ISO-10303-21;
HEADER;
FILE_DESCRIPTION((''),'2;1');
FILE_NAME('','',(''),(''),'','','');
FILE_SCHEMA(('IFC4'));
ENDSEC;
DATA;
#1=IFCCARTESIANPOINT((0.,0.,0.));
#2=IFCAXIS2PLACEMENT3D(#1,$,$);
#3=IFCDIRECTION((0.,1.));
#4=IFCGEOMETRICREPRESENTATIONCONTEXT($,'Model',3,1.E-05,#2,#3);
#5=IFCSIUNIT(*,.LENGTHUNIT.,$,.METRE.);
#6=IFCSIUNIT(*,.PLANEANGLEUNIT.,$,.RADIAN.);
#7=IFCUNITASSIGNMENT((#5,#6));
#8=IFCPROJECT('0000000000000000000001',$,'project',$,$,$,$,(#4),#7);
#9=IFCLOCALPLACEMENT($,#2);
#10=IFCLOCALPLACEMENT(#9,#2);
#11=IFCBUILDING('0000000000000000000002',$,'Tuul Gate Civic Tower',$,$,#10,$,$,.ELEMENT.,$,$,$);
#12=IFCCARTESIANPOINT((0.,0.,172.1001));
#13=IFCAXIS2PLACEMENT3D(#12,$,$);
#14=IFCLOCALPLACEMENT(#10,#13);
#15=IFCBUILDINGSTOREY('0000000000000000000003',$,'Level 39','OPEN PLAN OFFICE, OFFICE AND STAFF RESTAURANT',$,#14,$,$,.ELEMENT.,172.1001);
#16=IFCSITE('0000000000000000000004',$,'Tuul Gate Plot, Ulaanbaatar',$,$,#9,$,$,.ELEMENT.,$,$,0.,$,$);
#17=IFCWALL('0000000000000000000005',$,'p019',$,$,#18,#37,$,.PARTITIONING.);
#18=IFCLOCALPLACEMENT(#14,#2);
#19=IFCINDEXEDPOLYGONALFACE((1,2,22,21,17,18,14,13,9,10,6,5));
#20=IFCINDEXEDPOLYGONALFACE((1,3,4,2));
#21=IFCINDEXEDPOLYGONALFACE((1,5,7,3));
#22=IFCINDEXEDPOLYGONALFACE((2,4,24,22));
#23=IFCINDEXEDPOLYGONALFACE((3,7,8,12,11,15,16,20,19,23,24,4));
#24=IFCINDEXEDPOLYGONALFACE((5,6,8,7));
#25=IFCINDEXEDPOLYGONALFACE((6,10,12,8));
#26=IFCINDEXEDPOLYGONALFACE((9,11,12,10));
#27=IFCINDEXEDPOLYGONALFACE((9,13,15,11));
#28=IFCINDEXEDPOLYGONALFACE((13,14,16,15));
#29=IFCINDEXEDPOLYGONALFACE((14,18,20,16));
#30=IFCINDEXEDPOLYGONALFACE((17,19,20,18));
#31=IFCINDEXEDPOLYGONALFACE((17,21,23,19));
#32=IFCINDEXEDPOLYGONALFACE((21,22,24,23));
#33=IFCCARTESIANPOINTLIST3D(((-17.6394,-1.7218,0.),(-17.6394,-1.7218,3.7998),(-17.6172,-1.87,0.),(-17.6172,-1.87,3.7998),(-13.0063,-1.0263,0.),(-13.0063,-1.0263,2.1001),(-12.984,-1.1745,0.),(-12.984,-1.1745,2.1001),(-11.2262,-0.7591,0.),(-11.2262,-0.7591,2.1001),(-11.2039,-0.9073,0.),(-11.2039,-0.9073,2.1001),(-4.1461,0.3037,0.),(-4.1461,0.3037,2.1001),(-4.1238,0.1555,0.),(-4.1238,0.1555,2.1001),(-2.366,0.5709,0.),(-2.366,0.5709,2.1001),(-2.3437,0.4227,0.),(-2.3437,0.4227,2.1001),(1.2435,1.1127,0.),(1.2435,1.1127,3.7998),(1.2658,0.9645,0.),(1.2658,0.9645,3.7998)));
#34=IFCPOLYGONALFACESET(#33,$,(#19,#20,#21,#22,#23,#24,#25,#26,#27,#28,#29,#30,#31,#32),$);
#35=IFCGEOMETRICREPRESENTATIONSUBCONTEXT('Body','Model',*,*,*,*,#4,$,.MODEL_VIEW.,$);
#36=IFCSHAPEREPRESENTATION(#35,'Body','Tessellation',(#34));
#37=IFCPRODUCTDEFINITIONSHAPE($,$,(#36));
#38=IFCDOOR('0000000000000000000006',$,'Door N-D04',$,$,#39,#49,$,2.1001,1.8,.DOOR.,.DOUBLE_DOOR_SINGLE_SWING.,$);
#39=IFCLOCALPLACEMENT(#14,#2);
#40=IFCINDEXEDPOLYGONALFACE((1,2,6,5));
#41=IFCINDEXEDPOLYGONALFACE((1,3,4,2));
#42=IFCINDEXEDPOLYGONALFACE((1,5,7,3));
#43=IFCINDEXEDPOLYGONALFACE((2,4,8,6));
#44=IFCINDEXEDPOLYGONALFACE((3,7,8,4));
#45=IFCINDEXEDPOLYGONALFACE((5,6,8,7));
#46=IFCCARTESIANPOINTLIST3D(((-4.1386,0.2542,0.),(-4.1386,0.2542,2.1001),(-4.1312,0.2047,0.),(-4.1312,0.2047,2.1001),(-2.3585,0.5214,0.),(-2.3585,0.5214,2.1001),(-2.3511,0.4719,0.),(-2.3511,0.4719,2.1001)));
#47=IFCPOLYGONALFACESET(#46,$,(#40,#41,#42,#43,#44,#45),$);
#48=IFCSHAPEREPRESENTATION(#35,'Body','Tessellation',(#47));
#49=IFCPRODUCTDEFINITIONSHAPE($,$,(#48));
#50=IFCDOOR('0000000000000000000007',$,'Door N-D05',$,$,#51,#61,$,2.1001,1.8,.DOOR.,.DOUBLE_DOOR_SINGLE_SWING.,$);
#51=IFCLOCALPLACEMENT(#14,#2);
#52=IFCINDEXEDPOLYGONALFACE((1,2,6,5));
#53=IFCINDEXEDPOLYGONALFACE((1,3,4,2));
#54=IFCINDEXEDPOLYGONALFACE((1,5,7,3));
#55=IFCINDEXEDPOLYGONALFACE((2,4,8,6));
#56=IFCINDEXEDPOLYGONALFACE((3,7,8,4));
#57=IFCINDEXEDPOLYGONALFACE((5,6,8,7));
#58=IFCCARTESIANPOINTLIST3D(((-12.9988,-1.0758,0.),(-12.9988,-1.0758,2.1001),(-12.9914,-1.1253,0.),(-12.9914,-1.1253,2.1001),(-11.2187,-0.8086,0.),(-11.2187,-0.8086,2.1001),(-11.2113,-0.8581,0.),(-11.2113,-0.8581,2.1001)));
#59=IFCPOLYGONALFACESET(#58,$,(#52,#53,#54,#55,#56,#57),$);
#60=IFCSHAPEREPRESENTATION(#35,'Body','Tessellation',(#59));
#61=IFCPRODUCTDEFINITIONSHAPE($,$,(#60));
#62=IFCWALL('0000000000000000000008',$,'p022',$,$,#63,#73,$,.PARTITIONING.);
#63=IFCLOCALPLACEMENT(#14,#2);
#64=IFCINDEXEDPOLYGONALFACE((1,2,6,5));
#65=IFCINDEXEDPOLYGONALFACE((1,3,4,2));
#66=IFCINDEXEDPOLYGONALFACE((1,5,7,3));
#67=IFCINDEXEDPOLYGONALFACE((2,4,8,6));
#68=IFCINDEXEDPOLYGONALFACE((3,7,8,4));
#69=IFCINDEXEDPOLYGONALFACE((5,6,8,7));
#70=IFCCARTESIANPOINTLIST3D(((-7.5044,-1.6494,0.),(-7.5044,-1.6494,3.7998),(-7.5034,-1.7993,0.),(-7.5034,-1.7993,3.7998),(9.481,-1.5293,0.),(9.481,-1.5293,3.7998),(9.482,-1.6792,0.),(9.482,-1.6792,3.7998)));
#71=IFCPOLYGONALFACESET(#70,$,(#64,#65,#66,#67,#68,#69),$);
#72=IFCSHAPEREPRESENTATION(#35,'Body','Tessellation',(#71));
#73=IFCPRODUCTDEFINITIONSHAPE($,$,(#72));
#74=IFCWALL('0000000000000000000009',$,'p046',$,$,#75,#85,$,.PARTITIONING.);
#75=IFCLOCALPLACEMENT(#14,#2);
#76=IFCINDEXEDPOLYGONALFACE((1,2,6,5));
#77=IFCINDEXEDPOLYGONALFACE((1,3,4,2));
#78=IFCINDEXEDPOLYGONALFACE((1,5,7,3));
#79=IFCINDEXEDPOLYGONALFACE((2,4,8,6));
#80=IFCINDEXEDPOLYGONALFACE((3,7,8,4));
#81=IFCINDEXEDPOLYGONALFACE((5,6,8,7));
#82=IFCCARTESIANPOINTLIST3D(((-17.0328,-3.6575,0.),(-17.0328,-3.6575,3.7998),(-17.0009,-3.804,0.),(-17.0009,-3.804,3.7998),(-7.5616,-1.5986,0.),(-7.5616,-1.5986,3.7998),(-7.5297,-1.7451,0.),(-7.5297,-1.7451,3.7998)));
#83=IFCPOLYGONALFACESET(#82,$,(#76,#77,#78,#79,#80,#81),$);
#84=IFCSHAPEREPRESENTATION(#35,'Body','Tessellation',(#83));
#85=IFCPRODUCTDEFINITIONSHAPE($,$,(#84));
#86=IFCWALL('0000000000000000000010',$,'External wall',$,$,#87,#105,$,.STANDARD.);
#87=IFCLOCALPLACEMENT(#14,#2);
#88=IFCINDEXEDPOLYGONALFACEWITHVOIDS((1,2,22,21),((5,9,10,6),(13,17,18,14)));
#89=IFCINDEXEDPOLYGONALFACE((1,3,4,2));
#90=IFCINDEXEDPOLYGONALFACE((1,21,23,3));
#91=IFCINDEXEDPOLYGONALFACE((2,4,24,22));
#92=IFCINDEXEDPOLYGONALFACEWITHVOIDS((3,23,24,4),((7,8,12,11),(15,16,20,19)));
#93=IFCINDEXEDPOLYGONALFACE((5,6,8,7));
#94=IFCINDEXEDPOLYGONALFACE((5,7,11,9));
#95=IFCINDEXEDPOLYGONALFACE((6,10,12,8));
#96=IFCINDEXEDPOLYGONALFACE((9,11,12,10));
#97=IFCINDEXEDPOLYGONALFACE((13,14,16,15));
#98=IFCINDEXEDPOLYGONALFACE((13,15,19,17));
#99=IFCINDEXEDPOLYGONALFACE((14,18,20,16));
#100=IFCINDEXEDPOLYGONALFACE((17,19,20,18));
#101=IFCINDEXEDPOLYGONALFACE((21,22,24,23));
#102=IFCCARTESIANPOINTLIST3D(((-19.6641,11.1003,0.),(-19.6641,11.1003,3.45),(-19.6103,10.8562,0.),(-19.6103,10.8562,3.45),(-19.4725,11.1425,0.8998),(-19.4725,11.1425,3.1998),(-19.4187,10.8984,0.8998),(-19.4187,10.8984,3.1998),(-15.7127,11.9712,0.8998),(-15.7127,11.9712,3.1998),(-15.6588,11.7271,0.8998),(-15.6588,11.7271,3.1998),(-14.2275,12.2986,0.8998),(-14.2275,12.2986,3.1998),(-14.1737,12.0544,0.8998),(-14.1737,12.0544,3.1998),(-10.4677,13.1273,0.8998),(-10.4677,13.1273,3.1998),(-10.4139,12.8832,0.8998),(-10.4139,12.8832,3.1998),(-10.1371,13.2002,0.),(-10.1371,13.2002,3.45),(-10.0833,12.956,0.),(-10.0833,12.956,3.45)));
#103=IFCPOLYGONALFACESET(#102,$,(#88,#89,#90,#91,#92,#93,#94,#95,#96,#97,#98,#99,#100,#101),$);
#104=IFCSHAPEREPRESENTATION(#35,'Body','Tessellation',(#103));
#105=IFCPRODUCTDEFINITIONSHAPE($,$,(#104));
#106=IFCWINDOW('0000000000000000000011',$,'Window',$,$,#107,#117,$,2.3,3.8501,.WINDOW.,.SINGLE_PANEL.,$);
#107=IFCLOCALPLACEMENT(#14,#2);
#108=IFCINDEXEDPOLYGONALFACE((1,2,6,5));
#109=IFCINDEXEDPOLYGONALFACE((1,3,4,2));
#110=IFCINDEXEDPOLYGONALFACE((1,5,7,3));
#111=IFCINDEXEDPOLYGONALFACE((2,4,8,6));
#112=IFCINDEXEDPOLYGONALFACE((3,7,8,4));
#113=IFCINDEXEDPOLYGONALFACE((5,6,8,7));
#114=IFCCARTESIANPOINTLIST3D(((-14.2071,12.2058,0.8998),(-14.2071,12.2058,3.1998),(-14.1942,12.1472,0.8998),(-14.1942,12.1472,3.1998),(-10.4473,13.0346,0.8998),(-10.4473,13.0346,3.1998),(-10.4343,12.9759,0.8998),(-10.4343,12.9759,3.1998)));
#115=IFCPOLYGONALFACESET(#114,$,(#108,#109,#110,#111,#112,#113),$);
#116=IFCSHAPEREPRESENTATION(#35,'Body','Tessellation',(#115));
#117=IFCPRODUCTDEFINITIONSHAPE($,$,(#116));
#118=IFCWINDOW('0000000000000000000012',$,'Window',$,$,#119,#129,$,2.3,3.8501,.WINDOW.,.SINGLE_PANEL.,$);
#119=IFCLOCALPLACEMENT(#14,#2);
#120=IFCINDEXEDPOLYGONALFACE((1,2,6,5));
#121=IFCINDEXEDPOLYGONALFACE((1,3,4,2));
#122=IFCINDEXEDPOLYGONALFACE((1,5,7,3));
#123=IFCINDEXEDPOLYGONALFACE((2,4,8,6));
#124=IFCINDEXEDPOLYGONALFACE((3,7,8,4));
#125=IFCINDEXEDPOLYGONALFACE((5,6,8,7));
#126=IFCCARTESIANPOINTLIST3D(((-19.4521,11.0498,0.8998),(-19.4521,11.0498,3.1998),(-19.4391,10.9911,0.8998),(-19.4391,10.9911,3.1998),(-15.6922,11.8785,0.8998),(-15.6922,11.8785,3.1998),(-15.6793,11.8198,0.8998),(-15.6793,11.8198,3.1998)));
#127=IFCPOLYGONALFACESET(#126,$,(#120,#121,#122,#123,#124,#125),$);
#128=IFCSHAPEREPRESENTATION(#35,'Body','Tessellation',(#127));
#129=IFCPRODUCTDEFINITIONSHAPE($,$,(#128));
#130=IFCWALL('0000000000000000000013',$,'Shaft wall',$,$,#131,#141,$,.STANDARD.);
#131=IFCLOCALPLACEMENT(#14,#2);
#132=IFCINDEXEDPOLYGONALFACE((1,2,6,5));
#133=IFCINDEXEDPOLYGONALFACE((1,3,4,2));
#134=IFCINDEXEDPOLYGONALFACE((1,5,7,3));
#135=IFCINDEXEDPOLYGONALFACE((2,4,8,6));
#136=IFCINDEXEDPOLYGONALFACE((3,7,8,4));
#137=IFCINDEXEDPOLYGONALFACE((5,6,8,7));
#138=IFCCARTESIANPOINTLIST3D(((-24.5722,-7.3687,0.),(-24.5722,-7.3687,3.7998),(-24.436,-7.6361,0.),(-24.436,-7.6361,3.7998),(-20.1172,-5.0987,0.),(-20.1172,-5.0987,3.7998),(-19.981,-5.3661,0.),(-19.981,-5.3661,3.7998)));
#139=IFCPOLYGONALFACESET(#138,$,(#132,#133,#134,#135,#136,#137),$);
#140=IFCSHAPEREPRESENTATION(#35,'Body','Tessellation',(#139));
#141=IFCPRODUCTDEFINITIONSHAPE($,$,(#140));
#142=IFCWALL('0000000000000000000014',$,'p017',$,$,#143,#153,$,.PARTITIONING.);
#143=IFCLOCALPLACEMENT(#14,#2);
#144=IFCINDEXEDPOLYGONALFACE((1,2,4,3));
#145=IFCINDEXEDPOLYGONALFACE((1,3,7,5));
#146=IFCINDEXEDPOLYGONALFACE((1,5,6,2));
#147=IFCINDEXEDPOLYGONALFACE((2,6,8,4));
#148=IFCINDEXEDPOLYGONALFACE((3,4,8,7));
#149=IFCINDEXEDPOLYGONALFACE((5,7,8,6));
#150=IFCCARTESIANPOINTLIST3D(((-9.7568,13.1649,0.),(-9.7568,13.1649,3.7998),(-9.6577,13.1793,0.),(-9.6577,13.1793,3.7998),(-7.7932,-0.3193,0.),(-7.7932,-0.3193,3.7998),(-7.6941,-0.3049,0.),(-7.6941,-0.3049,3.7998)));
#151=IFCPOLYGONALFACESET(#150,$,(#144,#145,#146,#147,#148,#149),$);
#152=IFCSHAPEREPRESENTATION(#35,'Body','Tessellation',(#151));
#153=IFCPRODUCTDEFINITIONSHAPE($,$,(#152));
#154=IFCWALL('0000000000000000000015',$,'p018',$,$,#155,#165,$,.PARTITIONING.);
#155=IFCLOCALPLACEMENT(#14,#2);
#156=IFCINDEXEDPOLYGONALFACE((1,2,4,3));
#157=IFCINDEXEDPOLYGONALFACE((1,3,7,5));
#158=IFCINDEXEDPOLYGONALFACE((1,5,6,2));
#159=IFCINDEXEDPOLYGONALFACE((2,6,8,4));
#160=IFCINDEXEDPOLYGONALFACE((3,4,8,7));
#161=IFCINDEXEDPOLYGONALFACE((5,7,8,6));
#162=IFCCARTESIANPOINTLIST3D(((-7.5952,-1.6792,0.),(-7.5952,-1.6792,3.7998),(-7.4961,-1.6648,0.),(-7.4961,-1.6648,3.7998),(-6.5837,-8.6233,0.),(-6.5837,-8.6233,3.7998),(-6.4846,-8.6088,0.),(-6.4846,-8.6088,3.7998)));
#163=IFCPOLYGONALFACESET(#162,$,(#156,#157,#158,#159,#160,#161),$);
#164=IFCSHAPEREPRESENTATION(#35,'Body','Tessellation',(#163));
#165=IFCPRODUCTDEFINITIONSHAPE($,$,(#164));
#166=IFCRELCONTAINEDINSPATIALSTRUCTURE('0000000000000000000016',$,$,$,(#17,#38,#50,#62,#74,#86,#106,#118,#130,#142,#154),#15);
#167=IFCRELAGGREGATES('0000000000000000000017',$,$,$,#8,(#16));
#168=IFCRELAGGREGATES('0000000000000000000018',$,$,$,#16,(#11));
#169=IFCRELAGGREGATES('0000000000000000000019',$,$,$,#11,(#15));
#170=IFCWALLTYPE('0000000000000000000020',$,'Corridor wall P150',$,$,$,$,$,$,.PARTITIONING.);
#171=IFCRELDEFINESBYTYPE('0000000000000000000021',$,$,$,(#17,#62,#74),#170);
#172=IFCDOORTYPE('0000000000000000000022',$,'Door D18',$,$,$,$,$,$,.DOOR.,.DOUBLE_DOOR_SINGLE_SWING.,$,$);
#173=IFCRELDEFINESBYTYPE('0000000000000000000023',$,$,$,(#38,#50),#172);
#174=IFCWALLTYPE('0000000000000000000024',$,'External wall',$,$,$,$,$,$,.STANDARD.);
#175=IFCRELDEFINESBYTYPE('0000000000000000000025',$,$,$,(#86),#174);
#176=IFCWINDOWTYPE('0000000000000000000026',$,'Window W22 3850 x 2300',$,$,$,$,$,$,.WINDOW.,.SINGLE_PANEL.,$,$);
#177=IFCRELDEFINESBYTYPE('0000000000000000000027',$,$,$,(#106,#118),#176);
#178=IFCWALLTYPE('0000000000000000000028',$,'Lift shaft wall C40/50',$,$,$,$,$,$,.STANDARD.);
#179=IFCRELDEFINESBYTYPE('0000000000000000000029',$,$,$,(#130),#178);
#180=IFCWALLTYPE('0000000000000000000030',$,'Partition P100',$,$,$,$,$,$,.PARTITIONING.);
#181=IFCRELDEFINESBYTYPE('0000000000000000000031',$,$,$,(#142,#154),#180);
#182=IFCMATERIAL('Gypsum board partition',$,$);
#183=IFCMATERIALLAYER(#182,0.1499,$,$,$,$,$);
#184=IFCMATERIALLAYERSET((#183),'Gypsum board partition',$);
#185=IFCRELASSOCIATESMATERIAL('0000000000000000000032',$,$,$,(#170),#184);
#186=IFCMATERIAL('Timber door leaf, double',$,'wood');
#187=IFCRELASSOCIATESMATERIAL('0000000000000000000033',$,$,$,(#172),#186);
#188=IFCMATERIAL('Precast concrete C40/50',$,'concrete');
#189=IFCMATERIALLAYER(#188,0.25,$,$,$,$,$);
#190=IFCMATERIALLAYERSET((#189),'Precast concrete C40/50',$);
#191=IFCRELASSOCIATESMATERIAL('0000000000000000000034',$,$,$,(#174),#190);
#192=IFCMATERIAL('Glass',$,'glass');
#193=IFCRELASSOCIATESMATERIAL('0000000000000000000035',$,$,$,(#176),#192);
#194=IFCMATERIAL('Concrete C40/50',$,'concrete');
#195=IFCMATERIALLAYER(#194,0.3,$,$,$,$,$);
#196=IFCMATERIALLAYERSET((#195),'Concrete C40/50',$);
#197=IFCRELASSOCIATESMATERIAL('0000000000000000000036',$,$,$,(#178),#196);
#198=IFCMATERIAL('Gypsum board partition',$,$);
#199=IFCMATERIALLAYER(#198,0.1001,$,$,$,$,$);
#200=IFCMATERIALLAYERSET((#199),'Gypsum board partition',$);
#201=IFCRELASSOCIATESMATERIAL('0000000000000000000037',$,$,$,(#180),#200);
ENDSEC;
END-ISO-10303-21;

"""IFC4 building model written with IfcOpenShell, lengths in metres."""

from ifc_helpers import new_model, si_unit, direction, frame, frame_2d, origin, place, context, subcontext, project, spatial, rectangle, extrude, material, layer, layer_set, type_object, element, fill, save


model = new_model("IFC4")

# Units and contexts
model_context = context("Model", 3, precision=1e-05, world=origin(), true_north=direction((0.0, 1.0)))
body_context = subcontext(model_context, "Body", "Model", "MODEL_VIEW")
ifc_project = project(units=[si_unit("LENGTHUNIT", "METRE"), si_unit("PLANEANGLEUNIT", "RADIAN")], contexts=[model_context])

# Site, building, storey
site_placement = place(None, origin())
site = spatial("IfcSite", under=ifc_project, at=site_placement, Name="Tuul Gate Plot, Ulaanbaatar", CompositionType="ELEMENT", RefElevation=0.0)
building_placement = place(site_placement, origin())
building = spatial("IfcBuilding", under=site, at=building_placement, Name="Tuul Gate Civic Tower", CompositionType="ELEMENT")
storey_placement = place(building_placement, frame((0.0, 0.0, 172.1001)))
storey = spatial("IfcBuildingStorey", under=building, at=storey_placement, Name="Level 39", Description="OPEN PLAN OFFICE, OFFICE AND STAFF RESTAURANT", CompositionType="ELEMENT", Elevation=172.1001)

# Wall, openings, doors
ifc_material_1 = material(Name="Gypsum board partition")
ifc_layer_1 = layer(ifc_material_1, 0.1499)
ifc_layer_set_1 = layer_set([ifc_layer_1], Name="Gypsum board partition")
wall_type_1 = type_object("IfcWallType", Name="Corridor wall P150", PredefinedType="PARTITIONING", material=ifc_layer_set_1)
wall_1_placement = place(storey_placement, frame((-17.6284, -1.7959, 0.0), z_axis=(0.0, 0.0, 1.0), x_axis=(0.988921, 0.148445, 0.0)))
wall_1 = element("IfcWall", 1, at=wall_1_placement, inside=storey, type_object=wall_type_1, Name="p019", PredefinedType="PARTITIONING", context=body_context, shape_type="SweptSolid", body=[
    extrude(rectangle(XDim=19.0945, YDim=0.1499, at=frame_2d((9.5474, 0.0))), origin(), (0.0, 0.0, 1.0), 3.7998),
])
opening_1_placement = place(wall_1_placement, frame((13.6448, 0.0, 0.0)))
opening_1 = element("IfcOpeningElement", 2, at=opening_1_placement, cuts=wall_1, PredefinedType="OPENING", context=body_context, shape_type="SweptSolid", body=[
    extrude(rectangle(XDim=1.8, YDim=2.1001, at=frame_2d((0.8999, 1.05))), frame((0.0, 0.085, 0.0), z_axis=(0.0, -1.0, 0.0), x_axis=(1.0, 0.0, 0.0)), (0.0, 0.0, 1.0), 0.1699),
])
opening_2_placement = place(wall_1_placement, frame((4.6853, 0.0, 0.0)))
opening_2 = element("IfcOpeningElement", 3, at=opening_2_placement, cuts=wall_1, PredefinedType="OPENING", context=body_context, shape_type="SweptSolid", body=[
    extrude(rectangle(XDim=1.8, YDim=2.1001, at=frame_2d((0.8999, 1.05))), frame((0.0, 0.085, 0.0), z_axis=(0.0, -1.0, 0.0), x_axis=(1.0, 0.0, 0.0)), (0.0, 0.0, 1.0), 0.1699),
])
ifc_material_2 = material(Name="Timber door leaf, double", Category="wood")
door_type = type_object("IfcDoorType", Name="Door D18", OperationType="DOUBLE_DOOR_SINGLE_SWING", PredefinedType="DOOR", material=ifc_material_2)
door_1_placement = place(opening_1_placement, origin())
door_1 = element("IfcDoor", 4, at=door_1_placement, inside=storey, type_object=door_type, Name="Door N-D04", OperationType="DOUBLE_DOOR_SINGLE_SWING", OverallHeight=2.1001, OverallWidth=1.8, PredefinedType="DOOR", context=body_context, shape_type="SweptSolid", body=[
    extrude(rectangle(XDim=1.8, YDim=2.1001, at=frame_2d((0.8999, 1.05))), frame((0.0, 0.0249, 0.0), z_axis=(0.0, -1.0, 0.0), x_axis=(1.0, 0.0, 0.0)), (0.0, 0.0, 1.0), 0.05),
])
fill(opening_1, door_1)
door_2_placement = place(opening_2_placement, origin())
door_2 = element("IfcDoor", 5, at=door_2_placement, inside=storey, type_object=door_type, Name="Door N-D05", OperationType="DOUBLE_DOOR_SINGLE_SWING", OverallHeight=2.1001, OverallWidth=1.8, PredefinedType="DOOR", context=body_context, shape_type="SweptSolid", body=[
    extrude(rectangle(XDim=1.8, YDim=2.1001, at=frame_2d((0.8999, 1.05))), frame((0.0, 0.0249, 0.0), z_axis=(0.0, -1.0, 0.0), x_axis=(1.0, 0.0, 0.0)), (0.0, 0.0, 1.0), 0.05),
])
fill(opening_2, door_2)

# Walls
wall_2_placement = place(storey_placement, frame((-7.5039, -1.7244, 0.0), z_axis=(0.0, 0.0, 1.0), x_axis=(0.999975, 0.007072, 0.0)))
element("IfcWall", 6, at=wall_2_placement, inside=storey, type_object=wall_type_1, Name="p022", PredefinedType="PARTITIONING", context=body_context, shape_type="SweptSolid", body=[
    extrude(rectangle(XDim=16.9858, YDim=0.1499, at=frame_2d((8.4929, 0.0))), origin(), (0.0, 0.0, 1.0), 3.7998),
])
wall_3_placement = place(storey_placement, frame((-17.0168, -3.7307, 0.0), z_axis=(0.0, 0.0, 1.0), x_axis=(0.977179, 0.212418, 0.0)))
element("IfcWall", 7, at=wall_3_placement, inside=storey, type_object=wall_type_1, Name="p046", PredefinedType="PARTITIONING", context=body_context, shape_type="SweptSolid", body=[
    extrude(rectangle(XDim=9.6924, YDim=0.1499, at=frame_2d((4.8462, 0.0))), origin(), (0.0, 0.0, 1.0), 3.7998),
])

# Wall, openings, windows
ifc_material_3 = material(Name="Precast concrete C40/50", Category="concrete")
ifc_layer_2 = layer(ifc_material_3, 0.25)
ifc_layer_set_2 = layer_set([ifc_layer_2], Name="Precast concrete C40/50")
wall_type_2 = type_object("IfcWallType", Name="External wall", PredefinedType="STANDARD", material=ifc_layer_set_2)
wall_4_placement = place(storey_placement, frame((-10.1101, 13.0781, 0.0), z_axis=(0.0, 0.0, 1.0), x_axis=(-0.97656, -0.215248, 0.0)))
wall_4 = element("IfcWall", 8, at=wall_4_placement, inside=storey, type_object=wall_type_2, Name="External wall", PredefinedType="STANDARD", context=body_context, shape_type="SweptSolid", body=[
    extrude(rectangle(XDim=9.7556, YDim=0.25, at=frame_2d((4.8779, 0.0))), origin(), (0.0, 0.0, 1.0), 3.45),
])
opening_3_placement = place(wall_4_placement, frame((0.3386, 0.0, 0.8999)))
opening_3 = element("IfcOpeningElement", 9, at=opening_3_placement, cuts=wall_4, PredefinedType="OPENING", context=body_context, shape_type="SweptSolid", body=[
    extrude(rectangle(XDim=3.8501, YDim=2.3, at=frame_2d((1.925, 1.1499))), frame((0.0, 0.135, 0.0), z_axis=(0.0, -1.0, 0.0), x_axis=(1.0, 0.0, 0.0)), (0.0, 0.0, 1.0), 0.27),
])
opening_4_placement = place(wall_4_placement, frame((5.7095, 0.0, 0.8999)))
opening_4 = element("IfcOpeningElement", 10, at=opening_4_placement, cuts=wall_4, PredefinedType="OPENING", context=body_context, shape_type="SweptSolid", body=[
    extrude(rectangle(XDim=3.8501, YDim=2.3, at=frame_2d((1.925, 1.1499))), frame((0.0, 0.135, 0.0), z_axis=(0.0, -1.0, 0.0), x_axis=(1.0, 0.0, 0.0)), (0.0, 0.0, 1.0), 0.27),
])
ifc_material_4 = material(Name="Glass", Category="glass")
window_type = type_object("IfcWindowType", Name="Window W22 3850 x 2300", PartitioningType="SINGLE_PANEL", PredefinedType="WINDOW", material=ifc_material_4)
window_1_placement = place(opening_3_placement, origin())
window_1 = element("IfcWindow", 11, at=window_1_placement, inside=storey, type_object=window_type, Name="Window", OverallHeight=2.3, OverallWidth=3.8501, PartitioningType="SINGLE_PANEL", PredefinedType="WINDOW", context=body_context, shape_type="SweptSolid", body=[
    extrude(rectangle(XDim=3.8501, YDim=2.3, at=frame_2d((1.925, 1.1499))), frame((0.0, 0.03, 0.0), z_axis=(0.0, -1.0, 0.0), x_axis=(1.0, 0.0, 0.0)), (0.0, 0.0, 1.0), 0.0601),
])
fill(opening_3, window_1)
window_2_placement = place(opening_4_placement, origin())
window_2 = element("IfcWindow", 12, at=window_2_placement, inside=storey, type_object=window_type, Name="Window", OverallHeight=2.3, OverallWidth=3.8501, PartitioningType="SINGLE_PANEL", PredefinedType="WINDOW", context=body_context, shape_type="SweptSolid", body=[
    extrude(rectangle(XDim=3.8501, YDim=2.3, at=frame_2d((1.925, 1.1499))), frame((0.0, 0.03, 0.0), z_axis=(0.0, -1.0, 0.0), x_axis=(1.0, 0.0, 0.0)), (0.0, 0.0, 1.0), 0.0601),
])
fill(opening_4, window_2)

# Walls
ifc_material_5 = material(Name="Concrete C40/50", Category="concrete")
ifc_layer_3 = layer(ifc_material_5, 0.3)
ifc_layer_set_3 = layer_set([ifc_layer_3], Name="Concrete C40/50")
wall_type_3 = type_object("IfcWallType", Name="Lift shaft wall C40/50", PredefinedType="STANDARD", material=ifc_layer_set_3)
wall_5_placement = place(storey_placement, frame((-20.0491, -5.2324, 0.0), z_axis=(0.0, 0.0, 1.0), x_axis=(-0.891003, -0.453997, 0.0)))
element("IfcWall", 13, at=wall_5_placement, inside=storey, type_object=wall_type_3, Name="Shaft wall", PredefinedType="STANDARD", context=body_context, shape_type="SweptSolid", body=[
    extrude(rectangle(XDim=5.0, YDim=0.3, at=frame_2d((2.5, 0.0))), origin(), (0.0, 0.0, 1.0), 3.7998),
])
ifc_material_6 = material(Name="Gypsum board partition")
ifc_layer_4 = layer(ifc_material_6, 0.1001)
ifc_layer_set_4 = layer_set([ifc_layer_4], Name="Gypsum board partition")
wall_type_4 = type_object("IfcWallType", Name="Partition P100", PredefinedType="PARTITIONING", material=ifc_layer_set_4)
wall_6_placement = place(storey_placement, frame((-9.7073, 13.1721, 0.0), z_axis=(0.0, 0.0, 1.0), x_axis=(0.144105, -0.989562, 0.0)))
element("IfcWall", 14, at=wall_6_placement, inside=storey, type_object=wall_type_4, Name="p017", PredefinedType="PARTITIONING", context=body_context, shape_type="SweptSolid", body=[
    extrude(rectangle(XDim=13.6265, YDim=0.1001, at=frame_2d((6.8132, 0.0))), origin(), (0.0, 0.0, 1.0), 3.7998),
])
wall_7_placement = place(storey_placement, frame((-7.5457, -1.6719, 0.0), z_axis=(0.0, 0.0, 1.0), x_axis=(0.144139, -0.989557, 0.0)))
element("IfcWall", 15, at=wall_7_placement, inside=storey, type_object=wall_type_4, Name="p018", PredefinedType="PARTITIONING", context=body_context, shape_type="SweptSolid", body=[
    extrude(rectangle(XDim=7.0173, YDim=0.1001, at=frame_2d((3.5088, 0.0))), origin(), (0.0, 0.0, 1.0), 3.7998),
])

save(model, "model.ifc")
